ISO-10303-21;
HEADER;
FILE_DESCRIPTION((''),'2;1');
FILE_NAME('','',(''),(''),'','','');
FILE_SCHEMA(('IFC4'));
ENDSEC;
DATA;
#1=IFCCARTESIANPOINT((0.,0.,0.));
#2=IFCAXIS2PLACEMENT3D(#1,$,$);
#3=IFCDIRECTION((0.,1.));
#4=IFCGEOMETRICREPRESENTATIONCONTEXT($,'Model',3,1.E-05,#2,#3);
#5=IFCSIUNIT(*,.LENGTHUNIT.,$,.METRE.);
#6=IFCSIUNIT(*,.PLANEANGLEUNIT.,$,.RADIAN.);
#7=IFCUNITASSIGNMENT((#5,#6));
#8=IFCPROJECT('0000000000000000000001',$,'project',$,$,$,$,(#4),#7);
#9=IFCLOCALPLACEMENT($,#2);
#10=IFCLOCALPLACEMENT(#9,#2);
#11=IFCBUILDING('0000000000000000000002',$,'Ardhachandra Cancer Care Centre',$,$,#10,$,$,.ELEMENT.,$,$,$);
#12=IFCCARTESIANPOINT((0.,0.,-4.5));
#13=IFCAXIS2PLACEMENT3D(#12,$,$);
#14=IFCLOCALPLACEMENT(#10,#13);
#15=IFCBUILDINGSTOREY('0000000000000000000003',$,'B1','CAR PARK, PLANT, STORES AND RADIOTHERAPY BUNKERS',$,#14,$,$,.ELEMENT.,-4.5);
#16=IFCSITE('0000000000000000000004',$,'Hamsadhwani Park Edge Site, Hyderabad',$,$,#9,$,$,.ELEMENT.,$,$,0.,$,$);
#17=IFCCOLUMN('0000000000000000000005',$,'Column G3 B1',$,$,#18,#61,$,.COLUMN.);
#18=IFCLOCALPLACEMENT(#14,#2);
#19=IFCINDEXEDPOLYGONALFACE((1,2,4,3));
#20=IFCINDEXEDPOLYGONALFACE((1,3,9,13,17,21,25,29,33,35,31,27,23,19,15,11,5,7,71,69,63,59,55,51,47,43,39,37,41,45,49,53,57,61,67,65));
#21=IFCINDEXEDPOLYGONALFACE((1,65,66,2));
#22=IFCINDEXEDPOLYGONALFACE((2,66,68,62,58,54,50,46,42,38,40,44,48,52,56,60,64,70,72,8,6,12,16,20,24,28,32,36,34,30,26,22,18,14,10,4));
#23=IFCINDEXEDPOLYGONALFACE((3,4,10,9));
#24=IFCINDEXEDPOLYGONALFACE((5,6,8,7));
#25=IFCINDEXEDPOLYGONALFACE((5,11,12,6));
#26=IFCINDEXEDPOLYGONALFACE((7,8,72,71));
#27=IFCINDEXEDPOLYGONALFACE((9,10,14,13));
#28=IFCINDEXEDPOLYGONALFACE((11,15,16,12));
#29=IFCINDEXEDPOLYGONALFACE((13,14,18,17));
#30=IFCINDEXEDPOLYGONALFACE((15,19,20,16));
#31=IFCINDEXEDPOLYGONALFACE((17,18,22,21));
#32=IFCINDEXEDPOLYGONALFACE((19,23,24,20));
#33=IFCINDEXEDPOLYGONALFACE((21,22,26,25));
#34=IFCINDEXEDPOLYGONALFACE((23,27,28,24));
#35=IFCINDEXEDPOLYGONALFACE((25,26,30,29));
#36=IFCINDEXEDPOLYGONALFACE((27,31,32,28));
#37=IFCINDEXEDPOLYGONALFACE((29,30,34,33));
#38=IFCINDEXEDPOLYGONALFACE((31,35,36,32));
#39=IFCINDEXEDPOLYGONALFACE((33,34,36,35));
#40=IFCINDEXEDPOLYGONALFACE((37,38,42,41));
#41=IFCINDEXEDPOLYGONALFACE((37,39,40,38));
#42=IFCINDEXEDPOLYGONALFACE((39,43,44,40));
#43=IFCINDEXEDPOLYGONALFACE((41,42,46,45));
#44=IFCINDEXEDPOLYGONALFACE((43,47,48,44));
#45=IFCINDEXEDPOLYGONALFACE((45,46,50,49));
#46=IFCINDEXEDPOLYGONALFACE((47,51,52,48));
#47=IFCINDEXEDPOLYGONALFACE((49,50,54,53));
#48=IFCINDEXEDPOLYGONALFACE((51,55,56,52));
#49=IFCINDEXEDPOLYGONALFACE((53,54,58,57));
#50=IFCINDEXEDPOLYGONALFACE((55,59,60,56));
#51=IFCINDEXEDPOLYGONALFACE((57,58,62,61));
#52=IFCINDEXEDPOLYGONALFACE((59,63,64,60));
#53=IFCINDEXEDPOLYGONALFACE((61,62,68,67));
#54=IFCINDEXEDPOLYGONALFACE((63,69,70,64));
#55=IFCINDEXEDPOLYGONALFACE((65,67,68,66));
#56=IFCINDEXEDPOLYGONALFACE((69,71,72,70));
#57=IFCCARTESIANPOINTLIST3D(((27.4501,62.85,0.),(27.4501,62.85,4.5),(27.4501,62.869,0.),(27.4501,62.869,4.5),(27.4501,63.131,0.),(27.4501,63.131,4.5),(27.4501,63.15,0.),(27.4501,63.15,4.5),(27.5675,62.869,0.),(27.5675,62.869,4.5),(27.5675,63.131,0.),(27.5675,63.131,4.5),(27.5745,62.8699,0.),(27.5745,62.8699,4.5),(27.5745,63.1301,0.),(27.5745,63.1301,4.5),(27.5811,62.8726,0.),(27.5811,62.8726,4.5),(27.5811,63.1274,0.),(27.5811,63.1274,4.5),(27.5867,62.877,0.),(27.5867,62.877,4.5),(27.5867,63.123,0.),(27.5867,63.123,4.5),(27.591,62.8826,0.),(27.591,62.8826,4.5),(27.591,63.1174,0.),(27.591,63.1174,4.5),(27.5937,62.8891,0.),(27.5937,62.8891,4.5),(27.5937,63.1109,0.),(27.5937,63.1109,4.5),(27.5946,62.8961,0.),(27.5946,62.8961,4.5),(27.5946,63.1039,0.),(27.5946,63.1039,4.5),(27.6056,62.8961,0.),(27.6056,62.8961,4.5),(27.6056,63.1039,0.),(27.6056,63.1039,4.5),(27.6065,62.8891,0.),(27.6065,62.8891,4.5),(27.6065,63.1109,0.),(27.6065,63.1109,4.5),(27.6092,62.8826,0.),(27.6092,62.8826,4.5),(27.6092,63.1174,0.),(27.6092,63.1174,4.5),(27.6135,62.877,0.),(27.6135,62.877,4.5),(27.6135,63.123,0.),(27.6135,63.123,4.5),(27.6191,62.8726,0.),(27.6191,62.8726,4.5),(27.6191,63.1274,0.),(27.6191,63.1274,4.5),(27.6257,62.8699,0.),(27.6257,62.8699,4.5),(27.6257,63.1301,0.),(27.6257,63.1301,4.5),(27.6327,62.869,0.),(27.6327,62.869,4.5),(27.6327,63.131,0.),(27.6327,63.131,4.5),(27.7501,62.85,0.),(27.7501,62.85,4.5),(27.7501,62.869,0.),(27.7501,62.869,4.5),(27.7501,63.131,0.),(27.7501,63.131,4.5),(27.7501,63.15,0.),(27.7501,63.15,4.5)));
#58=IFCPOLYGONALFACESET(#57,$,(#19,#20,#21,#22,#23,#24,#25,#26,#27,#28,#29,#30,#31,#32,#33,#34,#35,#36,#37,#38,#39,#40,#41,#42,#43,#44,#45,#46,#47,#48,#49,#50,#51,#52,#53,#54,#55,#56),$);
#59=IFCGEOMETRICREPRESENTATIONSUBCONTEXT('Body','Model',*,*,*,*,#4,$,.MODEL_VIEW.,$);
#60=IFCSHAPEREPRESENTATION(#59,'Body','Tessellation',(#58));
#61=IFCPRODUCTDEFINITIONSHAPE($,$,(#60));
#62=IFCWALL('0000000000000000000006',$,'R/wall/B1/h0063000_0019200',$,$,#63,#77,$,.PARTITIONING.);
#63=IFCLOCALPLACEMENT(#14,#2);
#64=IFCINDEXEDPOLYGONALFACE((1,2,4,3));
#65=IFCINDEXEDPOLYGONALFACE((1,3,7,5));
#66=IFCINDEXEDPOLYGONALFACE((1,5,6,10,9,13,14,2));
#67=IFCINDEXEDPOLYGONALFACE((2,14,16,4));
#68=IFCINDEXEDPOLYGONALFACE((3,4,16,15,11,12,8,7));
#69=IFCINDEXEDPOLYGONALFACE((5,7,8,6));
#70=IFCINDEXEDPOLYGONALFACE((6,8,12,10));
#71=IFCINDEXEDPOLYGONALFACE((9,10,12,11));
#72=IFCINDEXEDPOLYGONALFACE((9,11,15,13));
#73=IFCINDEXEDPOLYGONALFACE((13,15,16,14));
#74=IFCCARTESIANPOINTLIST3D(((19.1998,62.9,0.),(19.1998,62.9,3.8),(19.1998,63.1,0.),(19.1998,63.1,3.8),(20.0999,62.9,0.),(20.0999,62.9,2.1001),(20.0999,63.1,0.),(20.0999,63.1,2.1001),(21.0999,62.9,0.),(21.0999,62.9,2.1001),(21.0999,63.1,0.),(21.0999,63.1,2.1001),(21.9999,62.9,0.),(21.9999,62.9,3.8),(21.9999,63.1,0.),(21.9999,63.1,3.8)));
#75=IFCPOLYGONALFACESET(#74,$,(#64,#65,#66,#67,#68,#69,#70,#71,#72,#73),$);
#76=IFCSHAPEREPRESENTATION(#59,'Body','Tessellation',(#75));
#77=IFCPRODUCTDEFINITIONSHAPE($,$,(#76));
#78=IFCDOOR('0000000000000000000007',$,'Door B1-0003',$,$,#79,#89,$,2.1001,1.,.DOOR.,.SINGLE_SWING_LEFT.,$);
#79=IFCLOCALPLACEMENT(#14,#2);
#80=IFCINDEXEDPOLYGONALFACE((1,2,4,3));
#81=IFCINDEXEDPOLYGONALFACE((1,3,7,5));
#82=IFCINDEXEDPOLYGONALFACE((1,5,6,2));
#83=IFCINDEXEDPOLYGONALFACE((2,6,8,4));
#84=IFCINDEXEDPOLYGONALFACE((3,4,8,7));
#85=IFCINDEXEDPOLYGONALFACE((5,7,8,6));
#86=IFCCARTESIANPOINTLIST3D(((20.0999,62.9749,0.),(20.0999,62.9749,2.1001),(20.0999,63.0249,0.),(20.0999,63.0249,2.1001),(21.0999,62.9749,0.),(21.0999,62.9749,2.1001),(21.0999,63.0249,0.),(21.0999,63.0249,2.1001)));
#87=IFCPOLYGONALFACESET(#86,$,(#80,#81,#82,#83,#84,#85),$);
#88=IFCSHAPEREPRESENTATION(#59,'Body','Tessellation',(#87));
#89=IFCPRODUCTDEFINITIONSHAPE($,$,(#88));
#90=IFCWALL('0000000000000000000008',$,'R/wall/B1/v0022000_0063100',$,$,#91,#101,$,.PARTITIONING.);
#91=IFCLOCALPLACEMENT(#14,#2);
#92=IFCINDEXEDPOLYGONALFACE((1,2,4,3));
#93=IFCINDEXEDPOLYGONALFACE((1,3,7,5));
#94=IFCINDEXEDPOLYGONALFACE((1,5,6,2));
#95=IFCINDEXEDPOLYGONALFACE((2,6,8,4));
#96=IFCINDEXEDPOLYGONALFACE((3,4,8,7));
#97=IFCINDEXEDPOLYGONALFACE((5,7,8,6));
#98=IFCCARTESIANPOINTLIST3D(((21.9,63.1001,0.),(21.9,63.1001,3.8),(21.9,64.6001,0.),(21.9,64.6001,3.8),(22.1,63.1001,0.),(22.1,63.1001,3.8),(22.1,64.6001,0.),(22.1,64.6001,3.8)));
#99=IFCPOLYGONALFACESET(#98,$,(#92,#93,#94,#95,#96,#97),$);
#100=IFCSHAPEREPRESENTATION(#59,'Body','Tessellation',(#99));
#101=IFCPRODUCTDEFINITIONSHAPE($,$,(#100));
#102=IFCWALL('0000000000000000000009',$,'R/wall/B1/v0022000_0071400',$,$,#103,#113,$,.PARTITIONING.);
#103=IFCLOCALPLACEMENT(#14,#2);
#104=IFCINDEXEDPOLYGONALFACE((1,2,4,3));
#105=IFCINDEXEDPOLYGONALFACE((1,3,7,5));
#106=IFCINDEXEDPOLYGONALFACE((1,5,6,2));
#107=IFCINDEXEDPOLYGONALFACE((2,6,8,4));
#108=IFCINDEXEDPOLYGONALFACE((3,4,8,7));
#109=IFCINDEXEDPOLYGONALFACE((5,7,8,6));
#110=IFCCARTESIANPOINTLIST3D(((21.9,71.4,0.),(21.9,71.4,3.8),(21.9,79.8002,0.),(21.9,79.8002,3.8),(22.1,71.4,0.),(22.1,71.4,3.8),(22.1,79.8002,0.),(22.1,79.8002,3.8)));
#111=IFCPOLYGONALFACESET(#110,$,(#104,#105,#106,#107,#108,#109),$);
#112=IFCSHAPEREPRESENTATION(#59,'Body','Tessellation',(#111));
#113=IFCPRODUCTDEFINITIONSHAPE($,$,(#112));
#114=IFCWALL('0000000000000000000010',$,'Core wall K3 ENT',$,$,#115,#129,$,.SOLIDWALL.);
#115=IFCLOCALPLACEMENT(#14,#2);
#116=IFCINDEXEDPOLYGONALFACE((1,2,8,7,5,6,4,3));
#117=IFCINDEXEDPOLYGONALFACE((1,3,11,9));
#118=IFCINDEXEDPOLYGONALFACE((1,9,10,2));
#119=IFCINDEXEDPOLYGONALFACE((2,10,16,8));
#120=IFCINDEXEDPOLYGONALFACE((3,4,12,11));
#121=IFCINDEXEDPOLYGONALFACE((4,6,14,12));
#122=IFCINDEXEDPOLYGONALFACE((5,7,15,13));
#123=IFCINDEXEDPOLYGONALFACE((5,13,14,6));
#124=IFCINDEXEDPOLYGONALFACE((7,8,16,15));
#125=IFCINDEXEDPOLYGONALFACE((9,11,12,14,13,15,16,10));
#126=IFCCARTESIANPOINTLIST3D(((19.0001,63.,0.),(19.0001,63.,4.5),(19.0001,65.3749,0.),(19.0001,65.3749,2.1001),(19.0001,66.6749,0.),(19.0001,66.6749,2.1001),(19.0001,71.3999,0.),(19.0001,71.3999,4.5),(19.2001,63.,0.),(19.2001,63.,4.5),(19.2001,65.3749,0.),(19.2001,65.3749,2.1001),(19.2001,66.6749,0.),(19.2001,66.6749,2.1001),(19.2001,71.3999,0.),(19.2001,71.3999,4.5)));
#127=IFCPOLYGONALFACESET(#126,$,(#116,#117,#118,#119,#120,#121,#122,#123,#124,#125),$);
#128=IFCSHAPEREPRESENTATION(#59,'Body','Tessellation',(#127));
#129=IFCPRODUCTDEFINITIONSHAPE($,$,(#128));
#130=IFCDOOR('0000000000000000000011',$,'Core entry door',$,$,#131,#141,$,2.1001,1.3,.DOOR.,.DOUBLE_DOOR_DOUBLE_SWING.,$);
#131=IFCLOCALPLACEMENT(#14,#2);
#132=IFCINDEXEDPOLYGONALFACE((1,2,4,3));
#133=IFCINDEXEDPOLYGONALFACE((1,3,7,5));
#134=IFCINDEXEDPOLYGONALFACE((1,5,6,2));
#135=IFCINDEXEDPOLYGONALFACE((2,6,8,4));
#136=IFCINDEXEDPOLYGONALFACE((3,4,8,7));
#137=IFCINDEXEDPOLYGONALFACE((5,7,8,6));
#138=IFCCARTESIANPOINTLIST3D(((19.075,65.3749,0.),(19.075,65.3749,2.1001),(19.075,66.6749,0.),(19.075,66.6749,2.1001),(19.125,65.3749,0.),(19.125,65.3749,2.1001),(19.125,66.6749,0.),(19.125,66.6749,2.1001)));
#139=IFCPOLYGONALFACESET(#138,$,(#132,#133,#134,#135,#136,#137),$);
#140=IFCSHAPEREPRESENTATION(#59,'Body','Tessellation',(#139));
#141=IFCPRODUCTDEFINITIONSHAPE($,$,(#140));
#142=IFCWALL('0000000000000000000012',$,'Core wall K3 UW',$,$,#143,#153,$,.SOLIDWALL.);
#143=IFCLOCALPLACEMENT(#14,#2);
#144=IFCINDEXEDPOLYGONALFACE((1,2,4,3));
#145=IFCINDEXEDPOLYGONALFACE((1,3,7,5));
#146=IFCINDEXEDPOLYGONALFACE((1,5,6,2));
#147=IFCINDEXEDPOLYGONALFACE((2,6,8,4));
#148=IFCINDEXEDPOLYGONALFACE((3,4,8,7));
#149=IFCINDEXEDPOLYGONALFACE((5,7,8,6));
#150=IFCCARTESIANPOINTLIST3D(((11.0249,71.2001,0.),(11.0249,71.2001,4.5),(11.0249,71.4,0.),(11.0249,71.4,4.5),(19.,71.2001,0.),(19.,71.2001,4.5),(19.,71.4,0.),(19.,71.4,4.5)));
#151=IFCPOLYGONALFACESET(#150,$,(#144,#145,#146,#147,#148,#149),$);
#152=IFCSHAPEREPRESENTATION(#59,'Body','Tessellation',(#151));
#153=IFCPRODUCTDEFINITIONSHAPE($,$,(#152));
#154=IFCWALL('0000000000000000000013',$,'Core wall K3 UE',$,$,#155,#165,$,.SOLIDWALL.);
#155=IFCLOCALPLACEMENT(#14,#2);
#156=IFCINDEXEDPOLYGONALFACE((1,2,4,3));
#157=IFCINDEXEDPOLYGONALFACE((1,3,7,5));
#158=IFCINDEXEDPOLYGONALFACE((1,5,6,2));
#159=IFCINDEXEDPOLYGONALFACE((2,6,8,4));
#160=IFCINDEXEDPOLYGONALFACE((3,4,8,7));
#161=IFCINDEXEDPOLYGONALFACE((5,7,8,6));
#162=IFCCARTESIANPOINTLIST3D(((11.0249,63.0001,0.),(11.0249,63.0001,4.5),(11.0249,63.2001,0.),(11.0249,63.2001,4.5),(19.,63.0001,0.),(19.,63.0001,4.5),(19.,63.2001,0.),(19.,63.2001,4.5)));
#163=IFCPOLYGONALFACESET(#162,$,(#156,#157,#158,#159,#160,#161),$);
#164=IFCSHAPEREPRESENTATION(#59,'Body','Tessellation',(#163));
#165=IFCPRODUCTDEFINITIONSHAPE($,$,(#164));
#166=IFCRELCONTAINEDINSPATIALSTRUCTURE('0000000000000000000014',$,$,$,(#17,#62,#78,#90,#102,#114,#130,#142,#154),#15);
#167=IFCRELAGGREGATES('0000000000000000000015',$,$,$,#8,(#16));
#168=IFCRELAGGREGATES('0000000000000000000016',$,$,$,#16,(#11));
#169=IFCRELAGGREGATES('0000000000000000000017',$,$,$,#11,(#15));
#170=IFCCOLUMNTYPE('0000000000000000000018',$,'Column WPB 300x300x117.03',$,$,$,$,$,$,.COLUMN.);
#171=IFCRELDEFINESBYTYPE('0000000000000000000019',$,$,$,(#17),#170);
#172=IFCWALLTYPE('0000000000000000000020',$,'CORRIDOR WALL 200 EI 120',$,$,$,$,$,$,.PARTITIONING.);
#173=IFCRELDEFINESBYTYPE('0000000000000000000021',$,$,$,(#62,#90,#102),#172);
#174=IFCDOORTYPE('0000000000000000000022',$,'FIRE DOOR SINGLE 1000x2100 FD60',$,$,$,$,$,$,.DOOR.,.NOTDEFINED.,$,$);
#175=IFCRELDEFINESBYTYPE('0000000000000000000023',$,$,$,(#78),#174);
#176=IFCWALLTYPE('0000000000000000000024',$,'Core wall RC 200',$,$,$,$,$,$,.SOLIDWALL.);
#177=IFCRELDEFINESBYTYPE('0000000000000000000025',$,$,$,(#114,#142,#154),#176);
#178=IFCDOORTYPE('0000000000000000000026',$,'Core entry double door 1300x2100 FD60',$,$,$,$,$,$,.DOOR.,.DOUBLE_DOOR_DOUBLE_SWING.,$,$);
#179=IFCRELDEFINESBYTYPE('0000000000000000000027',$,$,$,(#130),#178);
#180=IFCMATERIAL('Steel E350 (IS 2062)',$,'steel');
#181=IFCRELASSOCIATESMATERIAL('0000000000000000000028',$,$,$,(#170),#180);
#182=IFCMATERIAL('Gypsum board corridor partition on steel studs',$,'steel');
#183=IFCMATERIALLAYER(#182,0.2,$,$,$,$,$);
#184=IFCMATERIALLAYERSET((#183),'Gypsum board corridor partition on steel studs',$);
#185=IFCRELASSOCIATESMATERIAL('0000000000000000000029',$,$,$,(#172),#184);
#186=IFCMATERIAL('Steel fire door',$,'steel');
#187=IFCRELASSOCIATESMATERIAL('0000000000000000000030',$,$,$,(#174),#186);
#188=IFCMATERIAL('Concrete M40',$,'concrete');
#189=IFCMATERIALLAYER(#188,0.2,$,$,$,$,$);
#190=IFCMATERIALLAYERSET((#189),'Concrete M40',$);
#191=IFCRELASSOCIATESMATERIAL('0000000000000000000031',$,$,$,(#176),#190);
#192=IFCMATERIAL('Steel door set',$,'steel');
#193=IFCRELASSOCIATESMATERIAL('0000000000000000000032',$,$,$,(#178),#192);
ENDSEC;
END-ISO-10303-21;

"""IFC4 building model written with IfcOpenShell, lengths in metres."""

from ifc_helpers import new_model, si_unit, direction, frame, frame_2d, origin, origin_2d, place, context, subcontext, project, spatial, rectangle, i_section, extrude, material, layer, layer_set, material_profile, profile_set, type_object, element, fill, save


model = new_model("IFC4")

# Units and contexts
model_context = context("Model", 3, precision=1e-05, world=origin(), true_north=direction((0.0, 1.0)))
body_context = subcontext(model_context, "Body", "Model", "MODEL_VIEW")
ifc_project = project(units=[si_unit("LENGTHUNIT", "METRE"), si_unit("PLANEANGLEUNIT", "RADIAN")], contexts=[model_context])

# Site, building, storey
site_placement = place(None, origin())
site = spatial("IfcSite", under=ifc_project, at=site_placement, Name="Hamsadhwani Park Edge Site, Hyderabad", CompositionType="ELEMENT", RefElevation=0.0)
building_placement = place(site_placement, origin())
building = spatial("IfcBuilding", under=site, at=building_placement, Name="Ardhachandra Cancer Care Centre", CompositionType="ELEMENT")
storey_placement = place(building_placement, frame((0.0, 0.0, -4.5)))
storey = spatial("IfcBuildingStorey", under=building, at=storey_placement, Name="B1", Description="CAR PARK, PLANT, STORES AND RADIOTHERAPY BUNKERS", CompositionType="ELEMENT", Elevation=-4.5)

# Column
ifc_material_1 = material(Name="Steel E350 (IS 2062)", Category="steel")
ifc_material_profile_1 = material_profile(ifc_material_1, i_section(OverallWidth=0.3, OverallDepth=0.3, WebThickness=0.011, FlangeThickness=0.019, FilletRadius=0.0271, at=origin_2d()), Name="WPB 300x300x117.03")
ifc_profile_set_1 = profile_set([ifc_material_profile_1], Name="Steel E350 (IS 2062)")
column_type = type_object("IfcColumnType", Name="Column WPB 300x300x117.03", PredefinedType="COLUMN", material=ifc_profile_set_1)
column_placement = place(storey_placement, frame((27.6001, 63.0, 0.0), z_axis=(0.0, 0.0, 1.0), x_axis=(1.0, 0.0, 0.0)))
element("IfcColumn", 1, at=column_placement, inside=storey, type_object=column_type, Name="Column G3 B1", PredefinedType="COLUMN", context=body_context, shape_type="SweptSolid", body=[
    extrude(i_section(OverallWidth=0.3, OverallDepth=0.3, WebThickness=0.011, FlangeThickness=0.019, FilletRadius=0.0271, at=origin_2d()), origin(), (0.0, 0.0, 1.0), 4.5),
])

# Wall, opening, door
ifc_material_2 = material(Name="Gypsum board corridor partition on steel studs", Category="steel")
ifc_layer_1 = layer(ifc_material_2, 0.2)
ifc_layer_set_1 = layer_set([ifc_layer_1], Name="Gypsum board corridor partition on steel studs")
wall_type_1 = type_object("IfcWallType", Name="CORRIDOR WALL 200 EI 120", PredefinedType="PARTITIONING", material=ifc_layer_set_1)
wall_1_placement = place(storey_placement, frame((19.2, 63.0, 0.0), z_axis=(0.0, 0.0, 1.0), x_axis=(1.0, 0.0, 0.0)))
wall_1 = element("IfcWall", 2, at=wall_1_placement, inside=storey, type_object=wall_type_1, Name="R/wall/B1/h0063000_0019200", PredefinedType="PARTITIONING", context=body_context, shape_type="SweptSolid", body=[
    extrude(rectangle(XDim=2.8, YDim=0.2, at=frame_2d((1.3999, 0.0))), origin(), (0.0, 0.0, 1.0), 3.8),
])
opening_1_placement = place(wall_1_placement, frame((0.8999, 0.0, 0.0)))
opening_1 = element("IfcOpeningElement", 3, at=opening_1_placement, cuts=wall_1, PredefinedType="OPENING", context=body_context, shape_type="SweptSolid", body=[
    extrude(rectangle(XDim=1.0, YDim=2.1001, at=frame_2d((0.5, 1.05))), frame((0.0, 0.1099, 0.0), z_axis=(0.0, -1.0, 0.0), x_axis=(1.0, 0.0, 0.0)), (0.0, 0.0, 1.0), 0.22),
])
ifc_material_3 = material(Name="Steel fire door", Category="steel")
door_type_1 = type_object("IfcDoorType", Name="FIRE DOOR SINGLE 1000x2100 FD60", OperationType="NOTDEFINED", PredefinedType="DOOR", material=ifc_material_3)
door_1_placement = place(opening_1_placement, origin())
door_1 = element("IfcDoor", 4, at=door_1_placement, inside=storey, type_object=door_type_1, Name="Door B1-0003", OperationType="SINGLE_SWING_LEFT", OverallHeight=2.1001, OverallWidth=1.0, PredefinedType="DOOR", context=body_context, shape_type="SweptSolid", body=[
    extrude(rectangle(XDim=1.0, YDim=2.1001, at=frame_2d((0.5, 1.05))), frame((0.0, 0.0249, 0.0), z_axis=(0.0, -1.0, 0.0), x_axis=(1.0, 0.0, 0.0)), (0.0, 0.0, 1.0), 0.05),
])
fill(opening_1, door_1)

# Walls
wall_2_placement = place(storey_placement, frame((22.0, 63.1001, 0.0), z_axis=(0.0, 0.0, 1.0), x_axis=(0.0, 1.0, 0.0)))
element("IfcWall", 5, at=wall_2_placement, inside=storey, type_object=wall_type_1, Name="R/wall/B1/v0022000_0063100", PredefinedType="PARTITIONING", context=body_context, shape_type="SweptSolid", body=[
    extrude(rectangle(XDim=1.5, YDim=0.2, at=frame_2d((0.75, 0.0))), origin(), (0.0, 0.0, 1.0), 3.8),
])
wall_3_placement = place(storey_placement, frame((22.0, 71.3999, 0.0), z_axis=(0.0, 0.0, 1.0), x_axis=(0.0, 1.0, 0.0)))
element("IfcWall", 6, at=wall_3_placement, inside=storey, type_object=wall_type_1, Name="R/wall/B1/v0022000_0071400", PredefinedType="PARTITIONING", context=body_context, shape_type="SweptSolid", body=[
    extrude(rectangle(XDim=8.4001, YDim=0.2, at=frame_2d((4.2002, 0.0))), origin(), (0.0, 0.0, 1.0), 3.8),
])

# Wall, opening, door
ifc_material_4 = material(Name="Concrete M40", Category="concrete")
ifc_layer_2 = layer(ifc_material_4, 0.2)
ifc_layer_set_2 = layer_set([ifc_layer_2], Name="Concrete M40")
wall_type_2 = type_object("IfcWallType", Name="Core wall RC 200", PredefinedType="SOLIDWALL", material=ifc_layer_set_2)
wall_4_placement = place(storey_placement, frame((19.1001, 71.3999, 0.0), z_axis=(0.0, 0.0, 1.0), x_axis=(0.0, -1.0, 0.0)))
wall_4 = element("IfcWall", 7, at=wall_4_placement, inside=storey, type_object=wall_type_2, Name="Core wall K3 ENT", PredefinedType="SOLIDWALL", context=body_context, shape_type="SweptSolid", body=[
    extrude(rectangle(XDim=8.3999, YDim=0.2, at=frame_2d((4.2, 0.0))), origin(), (0.0, 0.0, 1.0), 4.5),
])
opening_2_placement = place(wall_4_placement, frame((4.7251, 0.0, 0.0)))
opening_2 = element("IfcOpeningElement", 8, at=opening_2_placement, cuts=wall_4, PredefinedType="OPENING", context=body_context, shape_type="SweptSolid", body=[
    extrude(rectangle(XDim=1.3, YDim=2.1001, at=frame_2d((0.6499, 1.05))), frame((0.0, 0.1099, 0.0), z_axis=(0.0, -1.0, 0.0), x_axis=(1.0, 0.0, 0.0)), (0.0, 0.0, 1.0), 0.22),
])
ifc_material_5 = material(Name="Steel door set", Category="steel")
door_type_2 = type_object("IfcDoorType", Name="Core entry double door 1300x2100 FD60", OperationType="DOUBLE_DOOR_DOUBLE_SWING", PredefinedType="DOOR", material=ifc_material_5)
door_2_placement = place(opening_2_placement, origin())
door_2 = element("IfcDoor", 9, at=door_2_placement, inside=storey, type_object=door_type_2, Name="Core entry door", OperationType="DOUBLE_DOOR_DOUBLE_SWING", OverallHeight=2.1001, OverallWidth=1.3, PredefinedType="DOOR", context=body_context, shape_type="SweptSolid", body=[
    extrude(rectangle(XDim=1.3, YDim=2.1001, at=frame_2d((0.6499, 1.05))), frame((0.0, 0.0249, 0.0), z_axis=(0.0, -1.0, 0.0), x_axis=(1.0, 0.0, 0.0)), (0.0, 0.0, 1.0), 0.05),
])
fill(opening_2, door_2)

# Walls
for number, where, z_axis, x_axis, name in (
    (10, (19.0, 71.3, 0.0), (0.0, 0.0, 1.0), (-1.0, 0.0, 0.0), "Core wall K3 UW"),
    (11, (19.0, 63.1001, 0.0), (0.0, 0.0, 1.0), (-1.0, 0.0, 0.0), "Core wall K3 UE"),
):
    element("IfcWall", number, at=place(storey_placement, frame(where, z_axis=z_axis, x_axis=x_axis)), inside=storey, type_object=wall_type_2, Name=name, PredefinedType="SOLIDWALL", context=body_context, shape_type="SweptSolid", body=[
        extrude(rectangle(XDim=7.9751, YDim=0.2, at=frame_2d((3.9875, 0.0))), origin(), (0.0, 0.0, 1.0), 4.5),
    ])

save(model, "model.ifc")
